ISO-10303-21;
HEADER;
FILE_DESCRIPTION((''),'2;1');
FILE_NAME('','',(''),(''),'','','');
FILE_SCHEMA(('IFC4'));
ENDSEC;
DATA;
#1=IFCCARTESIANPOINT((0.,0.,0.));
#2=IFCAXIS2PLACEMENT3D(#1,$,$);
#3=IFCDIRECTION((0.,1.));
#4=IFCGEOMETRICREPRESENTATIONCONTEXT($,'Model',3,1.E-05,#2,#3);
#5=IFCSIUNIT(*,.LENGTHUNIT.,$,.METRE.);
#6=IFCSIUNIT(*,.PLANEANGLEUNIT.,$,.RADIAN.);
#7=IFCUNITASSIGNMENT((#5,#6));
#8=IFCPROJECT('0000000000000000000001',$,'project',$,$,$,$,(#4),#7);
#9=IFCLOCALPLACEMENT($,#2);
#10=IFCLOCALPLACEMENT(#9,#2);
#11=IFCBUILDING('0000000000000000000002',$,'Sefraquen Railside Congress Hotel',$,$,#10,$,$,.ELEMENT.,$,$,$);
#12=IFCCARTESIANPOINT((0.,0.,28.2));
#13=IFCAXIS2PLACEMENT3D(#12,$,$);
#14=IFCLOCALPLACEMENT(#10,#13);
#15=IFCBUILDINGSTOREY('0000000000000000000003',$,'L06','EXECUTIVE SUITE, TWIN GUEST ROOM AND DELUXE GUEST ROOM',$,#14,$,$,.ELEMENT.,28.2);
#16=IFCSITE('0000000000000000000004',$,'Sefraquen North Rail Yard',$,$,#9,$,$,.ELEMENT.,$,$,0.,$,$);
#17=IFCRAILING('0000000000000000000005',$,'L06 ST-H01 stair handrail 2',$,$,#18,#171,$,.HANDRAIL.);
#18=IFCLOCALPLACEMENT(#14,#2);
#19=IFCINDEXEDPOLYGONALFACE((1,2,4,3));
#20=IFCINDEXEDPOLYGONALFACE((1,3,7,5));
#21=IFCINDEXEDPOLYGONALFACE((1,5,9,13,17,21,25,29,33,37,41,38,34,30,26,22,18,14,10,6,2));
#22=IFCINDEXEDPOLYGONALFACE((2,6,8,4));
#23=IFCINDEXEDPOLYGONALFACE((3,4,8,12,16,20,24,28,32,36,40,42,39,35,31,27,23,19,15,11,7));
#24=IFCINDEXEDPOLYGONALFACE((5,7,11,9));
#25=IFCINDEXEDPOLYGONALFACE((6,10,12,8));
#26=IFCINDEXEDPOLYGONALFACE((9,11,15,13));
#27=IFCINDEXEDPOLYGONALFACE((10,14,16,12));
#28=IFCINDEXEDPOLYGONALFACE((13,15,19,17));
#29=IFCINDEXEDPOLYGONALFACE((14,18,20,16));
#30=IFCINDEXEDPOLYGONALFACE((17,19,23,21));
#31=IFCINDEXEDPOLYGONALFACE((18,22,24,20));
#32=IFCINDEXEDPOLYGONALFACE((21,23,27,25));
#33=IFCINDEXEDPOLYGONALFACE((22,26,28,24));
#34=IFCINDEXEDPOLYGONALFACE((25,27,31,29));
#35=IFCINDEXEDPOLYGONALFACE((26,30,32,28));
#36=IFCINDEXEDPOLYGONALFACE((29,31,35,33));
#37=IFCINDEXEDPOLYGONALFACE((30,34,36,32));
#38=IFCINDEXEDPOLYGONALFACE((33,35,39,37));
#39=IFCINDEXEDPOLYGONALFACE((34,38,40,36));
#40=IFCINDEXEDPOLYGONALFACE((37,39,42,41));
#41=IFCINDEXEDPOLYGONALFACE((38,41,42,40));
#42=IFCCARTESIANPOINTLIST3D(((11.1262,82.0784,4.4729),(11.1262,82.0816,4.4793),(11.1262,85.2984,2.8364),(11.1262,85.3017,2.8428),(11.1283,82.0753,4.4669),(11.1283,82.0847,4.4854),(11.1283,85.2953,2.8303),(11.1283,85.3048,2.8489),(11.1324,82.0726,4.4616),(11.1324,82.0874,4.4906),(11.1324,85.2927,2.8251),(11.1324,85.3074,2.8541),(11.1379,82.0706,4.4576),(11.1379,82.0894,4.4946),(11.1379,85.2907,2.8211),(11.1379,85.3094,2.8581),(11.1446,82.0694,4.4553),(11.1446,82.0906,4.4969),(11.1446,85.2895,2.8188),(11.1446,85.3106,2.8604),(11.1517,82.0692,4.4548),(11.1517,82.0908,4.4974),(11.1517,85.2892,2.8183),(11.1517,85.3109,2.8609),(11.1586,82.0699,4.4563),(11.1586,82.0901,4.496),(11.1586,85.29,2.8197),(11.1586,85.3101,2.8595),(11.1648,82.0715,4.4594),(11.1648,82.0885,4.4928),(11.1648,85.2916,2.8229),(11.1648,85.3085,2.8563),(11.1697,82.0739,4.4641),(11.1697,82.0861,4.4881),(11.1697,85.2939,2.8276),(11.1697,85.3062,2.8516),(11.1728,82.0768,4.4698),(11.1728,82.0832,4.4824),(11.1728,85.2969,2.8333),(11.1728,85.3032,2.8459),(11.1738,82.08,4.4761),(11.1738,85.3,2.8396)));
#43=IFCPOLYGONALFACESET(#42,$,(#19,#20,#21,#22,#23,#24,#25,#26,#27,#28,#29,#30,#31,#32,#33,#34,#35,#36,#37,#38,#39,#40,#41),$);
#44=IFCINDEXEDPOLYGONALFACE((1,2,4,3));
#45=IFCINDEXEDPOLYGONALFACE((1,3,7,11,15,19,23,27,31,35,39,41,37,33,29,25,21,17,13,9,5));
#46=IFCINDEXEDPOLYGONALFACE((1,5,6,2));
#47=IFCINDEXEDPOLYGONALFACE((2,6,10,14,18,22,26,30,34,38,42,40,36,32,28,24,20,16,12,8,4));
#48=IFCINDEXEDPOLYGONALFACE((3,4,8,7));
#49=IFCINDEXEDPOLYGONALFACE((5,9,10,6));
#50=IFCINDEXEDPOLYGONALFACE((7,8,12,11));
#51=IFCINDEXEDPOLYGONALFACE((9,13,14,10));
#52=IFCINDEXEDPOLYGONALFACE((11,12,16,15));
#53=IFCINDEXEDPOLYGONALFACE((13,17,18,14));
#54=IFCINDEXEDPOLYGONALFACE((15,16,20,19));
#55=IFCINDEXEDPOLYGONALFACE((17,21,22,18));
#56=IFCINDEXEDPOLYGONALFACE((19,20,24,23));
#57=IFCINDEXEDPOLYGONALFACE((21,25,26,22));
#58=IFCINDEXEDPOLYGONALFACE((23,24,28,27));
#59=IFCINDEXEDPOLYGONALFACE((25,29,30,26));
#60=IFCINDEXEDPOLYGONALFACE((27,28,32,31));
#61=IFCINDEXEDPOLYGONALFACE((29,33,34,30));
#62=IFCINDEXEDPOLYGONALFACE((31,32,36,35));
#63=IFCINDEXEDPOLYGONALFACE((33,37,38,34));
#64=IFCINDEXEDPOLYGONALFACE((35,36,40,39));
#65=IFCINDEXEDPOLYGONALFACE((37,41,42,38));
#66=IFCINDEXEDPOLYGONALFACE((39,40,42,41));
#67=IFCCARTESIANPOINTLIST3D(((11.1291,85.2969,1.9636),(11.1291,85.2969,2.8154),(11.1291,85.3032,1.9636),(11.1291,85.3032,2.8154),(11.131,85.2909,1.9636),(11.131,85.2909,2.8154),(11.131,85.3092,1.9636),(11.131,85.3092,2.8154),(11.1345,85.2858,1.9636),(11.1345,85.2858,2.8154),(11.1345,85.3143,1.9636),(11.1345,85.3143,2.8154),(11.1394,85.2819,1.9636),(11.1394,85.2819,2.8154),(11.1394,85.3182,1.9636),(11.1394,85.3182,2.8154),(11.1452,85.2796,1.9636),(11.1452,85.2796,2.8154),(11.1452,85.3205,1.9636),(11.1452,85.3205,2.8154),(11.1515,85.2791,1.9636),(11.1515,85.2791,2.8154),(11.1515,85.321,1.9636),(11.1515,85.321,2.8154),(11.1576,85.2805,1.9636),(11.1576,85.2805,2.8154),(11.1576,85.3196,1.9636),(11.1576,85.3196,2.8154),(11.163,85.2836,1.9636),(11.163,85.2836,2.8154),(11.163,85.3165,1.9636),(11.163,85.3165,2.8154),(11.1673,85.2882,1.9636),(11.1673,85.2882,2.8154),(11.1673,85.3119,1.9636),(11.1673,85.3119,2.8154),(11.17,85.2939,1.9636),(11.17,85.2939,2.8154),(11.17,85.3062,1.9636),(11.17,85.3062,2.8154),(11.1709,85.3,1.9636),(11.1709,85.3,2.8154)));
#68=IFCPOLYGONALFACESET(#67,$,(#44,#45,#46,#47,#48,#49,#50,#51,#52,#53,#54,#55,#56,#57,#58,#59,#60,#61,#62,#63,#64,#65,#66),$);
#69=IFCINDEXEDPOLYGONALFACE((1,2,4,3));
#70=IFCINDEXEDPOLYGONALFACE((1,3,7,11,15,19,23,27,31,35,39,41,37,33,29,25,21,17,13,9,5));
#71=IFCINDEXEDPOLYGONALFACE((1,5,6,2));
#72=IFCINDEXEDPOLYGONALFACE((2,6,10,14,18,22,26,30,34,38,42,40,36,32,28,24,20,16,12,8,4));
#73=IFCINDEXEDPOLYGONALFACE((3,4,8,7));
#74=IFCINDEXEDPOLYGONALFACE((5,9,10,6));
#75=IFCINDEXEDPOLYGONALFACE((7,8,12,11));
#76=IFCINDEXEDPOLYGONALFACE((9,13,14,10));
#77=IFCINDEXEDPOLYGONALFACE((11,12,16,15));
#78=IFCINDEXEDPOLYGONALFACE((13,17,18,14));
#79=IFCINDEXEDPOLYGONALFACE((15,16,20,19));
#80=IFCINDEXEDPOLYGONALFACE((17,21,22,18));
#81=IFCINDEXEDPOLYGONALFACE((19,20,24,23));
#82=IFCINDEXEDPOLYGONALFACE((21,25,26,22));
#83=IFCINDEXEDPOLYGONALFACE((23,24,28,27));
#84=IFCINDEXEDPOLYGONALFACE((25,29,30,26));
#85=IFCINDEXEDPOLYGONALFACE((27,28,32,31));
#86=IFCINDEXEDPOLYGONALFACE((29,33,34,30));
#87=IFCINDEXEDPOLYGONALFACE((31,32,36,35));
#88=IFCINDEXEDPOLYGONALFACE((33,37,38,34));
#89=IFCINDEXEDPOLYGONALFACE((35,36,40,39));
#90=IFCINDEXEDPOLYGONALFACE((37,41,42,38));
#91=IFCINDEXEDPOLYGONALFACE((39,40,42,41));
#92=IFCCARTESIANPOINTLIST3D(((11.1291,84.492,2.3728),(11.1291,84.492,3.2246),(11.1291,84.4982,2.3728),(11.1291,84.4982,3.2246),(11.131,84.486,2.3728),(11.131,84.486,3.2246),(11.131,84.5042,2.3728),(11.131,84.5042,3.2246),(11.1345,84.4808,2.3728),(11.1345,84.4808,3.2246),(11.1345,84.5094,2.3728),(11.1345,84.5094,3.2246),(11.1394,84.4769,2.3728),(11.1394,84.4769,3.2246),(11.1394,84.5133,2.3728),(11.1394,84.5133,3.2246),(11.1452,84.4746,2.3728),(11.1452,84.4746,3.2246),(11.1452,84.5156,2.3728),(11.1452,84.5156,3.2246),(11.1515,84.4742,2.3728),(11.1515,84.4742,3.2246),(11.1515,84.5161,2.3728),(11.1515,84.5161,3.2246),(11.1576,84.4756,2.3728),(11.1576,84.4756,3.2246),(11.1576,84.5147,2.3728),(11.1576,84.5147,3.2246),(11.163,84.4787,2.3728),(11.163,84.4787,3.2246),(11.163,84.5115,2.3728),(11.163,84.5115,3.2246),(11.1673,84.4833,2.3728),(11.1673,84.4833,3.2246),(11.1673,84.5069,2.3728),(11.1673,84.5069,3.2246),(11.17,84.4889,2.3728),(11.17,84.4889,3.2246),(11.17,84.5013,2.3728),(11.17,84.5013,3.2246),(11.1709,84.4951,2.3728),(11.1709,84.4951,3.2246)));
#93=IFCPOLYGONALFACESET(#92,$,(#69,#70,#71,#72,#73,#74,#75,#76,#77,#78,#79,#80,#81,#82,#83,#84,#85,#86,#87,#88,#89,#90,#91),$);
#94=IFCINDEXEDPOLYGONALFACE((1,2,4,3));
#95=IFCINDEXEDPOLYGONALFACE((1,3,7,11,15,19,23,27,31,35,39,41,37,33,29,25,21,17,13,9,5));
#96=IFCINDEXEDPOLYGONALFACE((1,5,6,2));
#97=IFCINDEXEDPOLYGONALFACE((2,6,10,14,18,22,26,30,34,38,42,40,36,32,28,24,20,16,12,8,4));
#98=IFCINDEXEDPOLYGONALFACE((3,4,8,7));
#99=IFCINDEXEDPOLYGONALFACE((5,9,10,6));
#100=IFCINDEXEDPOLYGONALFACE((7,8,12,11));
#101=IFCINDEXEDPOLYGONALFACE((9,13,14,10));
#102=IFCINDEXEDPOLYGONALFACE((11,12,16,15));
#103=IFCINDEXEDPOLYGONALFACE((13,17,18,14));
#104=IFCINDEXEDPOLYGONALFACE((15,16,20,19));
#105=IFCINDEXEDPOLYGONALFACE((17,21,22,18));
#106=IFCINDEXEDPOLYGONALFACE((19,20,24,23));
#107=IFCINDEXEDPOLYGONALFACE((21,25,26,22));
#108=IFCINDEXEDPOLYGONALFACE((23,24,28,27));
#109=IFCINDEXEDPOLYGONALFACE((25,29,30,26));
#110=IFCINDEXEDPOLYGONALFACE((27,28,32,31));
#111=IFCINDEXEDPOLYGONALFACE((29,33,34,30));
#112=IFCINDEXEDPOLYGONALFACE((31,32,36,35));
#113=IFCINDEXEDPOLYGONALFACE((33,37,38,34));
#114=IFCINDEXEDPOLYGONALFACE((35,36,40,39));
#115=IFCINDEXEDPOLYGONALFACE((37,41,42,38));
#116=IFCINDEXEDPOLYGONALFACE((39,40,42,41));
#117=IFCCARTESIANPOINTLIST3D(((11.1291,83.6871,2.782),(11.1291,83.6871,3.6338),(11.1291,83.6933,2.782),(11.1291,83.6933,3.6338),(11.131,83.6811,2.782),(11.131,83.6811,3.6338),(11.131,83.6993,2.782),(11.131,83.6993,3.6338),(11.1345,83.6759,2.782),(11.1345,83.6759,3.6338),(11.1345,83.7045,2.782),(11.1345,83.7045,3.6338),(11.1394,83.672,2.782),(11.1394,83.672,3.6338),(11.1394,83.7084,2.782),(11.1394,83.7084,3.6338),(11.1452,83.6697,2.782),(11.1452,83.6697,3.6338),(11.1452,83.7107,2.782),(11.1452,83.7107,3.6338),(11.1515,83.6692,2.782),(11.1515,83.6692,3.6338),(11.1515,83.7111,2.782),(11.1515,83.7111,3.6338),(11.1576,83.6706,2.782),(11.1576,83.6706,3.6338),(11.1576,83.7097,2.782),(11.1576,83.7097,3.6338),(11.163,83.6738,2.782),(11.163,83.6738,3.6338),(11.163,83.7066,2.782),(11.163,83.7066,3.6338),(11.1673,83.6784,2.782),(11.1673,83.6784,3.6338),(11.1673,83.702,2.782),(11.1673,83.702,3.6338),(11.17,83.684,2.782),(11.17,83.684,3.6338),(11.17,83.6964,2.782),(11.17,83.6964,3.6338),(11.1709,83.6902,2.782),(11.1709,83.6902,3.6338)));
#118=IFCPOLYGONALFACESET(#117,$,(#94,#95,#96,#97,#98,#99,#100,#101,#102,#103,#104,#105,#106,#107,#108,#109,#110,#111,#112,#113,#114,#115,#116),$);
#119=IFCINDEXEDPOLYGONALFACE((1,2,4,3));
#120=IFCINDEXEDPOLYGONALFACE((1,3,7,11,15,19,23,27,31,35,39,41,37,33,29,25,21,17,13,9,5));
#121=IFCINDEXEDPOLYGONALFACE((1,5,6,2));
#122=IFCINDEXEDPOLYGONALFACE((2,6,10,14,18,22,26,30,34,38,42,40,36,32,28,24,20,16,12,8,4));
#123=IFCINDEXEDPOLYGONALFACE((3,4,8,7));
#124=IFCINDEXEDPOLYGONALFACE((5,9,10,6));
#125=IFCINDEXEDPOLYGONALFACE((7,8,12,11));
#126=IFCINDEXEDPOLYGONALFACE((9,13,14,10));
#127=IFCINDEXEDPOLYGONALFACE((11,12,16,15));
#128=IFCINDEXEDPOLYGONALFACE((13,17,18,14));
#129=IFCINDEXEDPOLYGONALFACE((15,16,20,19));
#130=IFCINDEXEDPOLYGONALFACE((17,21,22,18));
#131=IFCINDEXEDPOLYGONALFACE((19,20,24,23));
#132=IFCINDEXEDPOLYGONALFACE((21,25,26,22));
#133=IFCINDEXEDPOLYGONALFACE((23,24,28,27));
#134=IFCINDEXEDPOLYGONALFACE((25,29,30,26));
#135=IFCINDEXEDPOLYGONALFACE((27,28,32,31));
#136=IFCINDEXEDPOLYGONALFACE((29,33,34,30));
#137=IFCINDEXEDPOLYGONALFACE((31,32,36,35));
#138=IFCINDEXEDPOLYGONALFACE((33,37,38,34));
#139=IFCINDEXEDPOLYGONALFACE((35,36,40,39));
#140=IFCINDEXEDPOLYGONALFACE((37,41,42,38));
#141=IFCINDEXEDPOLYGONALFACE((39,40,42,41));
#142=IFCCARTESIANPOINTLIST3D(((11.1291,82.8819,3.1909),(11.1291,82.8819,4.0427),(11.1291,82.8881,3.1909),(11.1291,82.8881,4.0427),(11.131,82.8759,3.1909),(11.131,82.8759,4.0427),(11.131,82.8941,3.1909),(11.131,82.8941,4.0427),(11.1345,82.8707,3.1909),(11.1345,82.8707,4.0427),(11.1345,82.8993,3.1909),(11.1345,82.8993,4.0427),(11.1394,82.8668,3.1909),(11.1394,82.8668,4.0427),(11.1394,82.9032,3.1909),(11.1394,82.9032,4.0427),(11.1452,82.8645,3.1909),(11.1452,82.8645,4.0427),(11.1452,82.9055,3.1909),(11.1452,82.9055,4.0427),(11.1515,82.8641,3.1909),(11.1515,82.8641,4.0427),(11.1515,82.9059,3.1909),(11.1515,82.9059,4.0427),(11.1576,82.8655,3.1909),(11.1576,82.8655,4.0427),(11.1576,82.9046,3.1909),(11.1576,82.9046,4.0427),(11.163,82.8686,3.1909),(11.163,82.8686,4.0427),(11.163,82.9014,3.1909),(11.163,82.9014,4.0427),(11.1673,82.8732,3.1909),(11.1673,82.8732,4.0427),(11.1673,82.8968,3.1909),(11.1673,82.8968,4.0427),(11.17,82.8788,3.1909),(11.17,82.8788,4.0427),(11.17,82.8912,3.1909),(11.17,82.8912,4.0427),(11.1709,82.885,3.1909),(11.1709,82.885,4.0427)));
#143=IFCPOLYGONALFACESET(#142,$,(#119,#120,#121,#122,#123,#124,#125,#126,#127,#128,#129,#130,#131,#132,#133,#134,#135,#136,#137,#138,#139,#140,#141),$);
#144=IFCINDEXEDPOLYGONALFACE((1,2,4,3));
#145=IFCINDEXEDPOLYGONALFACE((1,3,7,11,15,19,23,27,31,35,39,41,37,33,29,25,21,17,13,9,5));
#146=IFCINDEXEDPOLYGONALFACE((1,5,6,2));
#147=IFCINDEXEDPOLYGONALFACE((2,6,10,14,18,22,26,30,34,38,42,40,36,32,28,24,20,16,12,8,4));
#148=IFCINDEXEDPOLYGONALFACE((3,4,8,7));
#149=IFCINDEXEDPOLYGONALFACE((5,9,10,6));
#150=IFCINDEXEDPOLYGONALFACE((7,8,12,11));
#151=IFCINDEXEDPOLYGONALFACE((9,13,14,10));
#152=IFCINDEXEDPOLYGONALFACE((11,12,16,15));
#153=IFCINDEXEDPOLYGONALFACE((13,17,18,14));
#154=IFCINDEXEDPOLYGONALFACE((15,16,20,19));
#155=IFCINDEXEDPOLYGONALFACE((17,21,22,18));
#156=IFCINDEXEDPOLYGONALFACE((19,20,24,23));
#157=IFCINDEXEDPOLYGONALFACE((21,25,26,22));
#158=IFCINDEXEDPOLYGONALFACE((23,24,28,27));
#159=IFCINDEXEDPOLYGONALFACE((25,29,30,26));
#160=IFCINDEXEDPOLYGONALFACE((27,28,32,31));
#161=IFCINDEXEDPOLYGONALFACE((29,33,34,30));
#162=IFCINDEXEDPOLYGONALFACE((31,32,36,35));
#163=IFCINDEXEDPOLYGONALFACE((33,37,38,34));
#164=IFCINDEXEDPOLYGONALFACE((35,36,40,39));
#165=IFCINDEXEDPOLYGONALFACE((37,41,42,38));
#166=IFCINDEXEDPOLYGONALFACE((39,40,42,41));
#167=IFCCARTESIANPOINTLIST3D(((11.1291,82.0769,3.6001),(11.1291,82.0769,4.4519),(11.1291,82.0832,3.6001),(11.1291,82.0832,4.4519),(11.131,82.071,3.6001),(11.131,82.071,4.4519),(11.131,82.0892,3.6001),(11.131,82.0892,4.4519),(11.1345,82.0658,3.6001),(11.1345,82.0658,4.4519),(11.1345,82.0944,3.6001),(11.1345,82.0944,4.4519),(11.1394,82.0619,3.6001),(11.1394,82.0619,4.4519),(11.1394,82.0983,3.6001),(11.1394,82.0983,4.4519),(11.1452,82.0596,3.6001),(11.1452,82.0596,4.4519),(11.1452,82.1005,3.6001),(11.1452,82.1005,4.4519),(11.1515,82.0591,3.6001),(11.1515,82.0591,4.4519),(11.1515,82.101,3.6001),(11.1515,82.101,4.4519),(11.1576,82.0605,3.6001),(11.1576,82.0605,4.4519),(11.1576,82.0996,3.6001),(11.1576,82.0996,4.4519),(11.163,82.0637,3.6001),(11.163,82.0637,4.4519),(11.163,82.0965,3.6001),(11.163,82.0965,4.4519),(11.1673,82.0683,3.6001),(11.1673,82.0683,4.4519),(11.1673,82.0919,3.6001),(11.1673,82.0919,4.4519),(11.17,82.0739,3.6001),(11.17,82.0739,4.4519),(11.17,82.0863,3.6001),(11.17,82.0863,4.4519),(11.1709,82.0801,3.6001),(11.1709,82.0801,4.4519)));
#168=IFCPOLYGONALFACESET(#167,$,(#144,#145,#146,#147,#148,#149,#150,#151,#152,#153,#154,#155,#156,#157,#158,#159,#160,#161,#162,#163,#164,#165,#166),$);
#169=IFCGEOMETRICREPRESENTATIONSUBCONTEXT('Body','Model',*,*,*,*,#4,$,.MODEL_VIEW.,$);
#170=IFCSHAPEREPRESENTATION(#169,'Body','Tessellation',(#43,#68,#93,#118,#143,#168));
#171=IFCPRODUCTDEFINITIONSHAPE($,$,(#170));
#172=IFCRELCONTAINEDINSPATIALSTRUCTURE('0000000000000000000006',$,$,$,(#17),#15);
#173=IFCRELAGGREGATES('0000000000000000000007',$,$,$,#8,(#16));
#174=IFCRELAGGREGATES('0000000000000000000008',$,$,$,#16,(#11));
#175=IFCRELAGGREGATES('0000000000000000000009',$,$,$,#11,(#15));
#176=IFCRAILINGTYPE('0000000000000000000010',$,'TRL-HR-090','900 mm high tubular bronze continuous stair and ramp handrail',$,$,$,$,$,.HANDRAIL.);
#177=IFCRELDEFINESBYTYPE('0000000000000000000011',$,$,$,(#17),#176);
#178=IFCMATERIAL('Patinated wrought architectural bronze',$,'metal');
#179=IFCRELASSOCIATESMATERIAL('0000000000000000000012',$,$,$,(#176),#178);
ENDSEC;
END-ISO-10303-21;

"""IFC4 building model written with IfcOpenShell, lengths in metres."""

from ifc_helpers import new_model, si_unit, direction, frame, origin, origin_2d, place, context, subcontext, project, spatial, circle, extrude, material, type_object, element, save


model = new_model("IFC4")

# Units and contexts
model_context = context("Model", 3, precision=1e-05, world=origin(), true_north=direction((0.0, 1.0)))
body_context = subcontext(model_context, "Body", "Model", "MODEL_VIEW")
ifc_project = project(units=[si_unit("LENGTHUNIT", "METRE"), si_unit("PLANEANGLEUNIT", "RADIAN")], contexts=[model_context])

# Site, building, storey
site_placement = place(None, origin())
site = spatial("IfcSite", under=ifc_project, at=site_placement, Name="Sefraquen North Rail Yard", CompositionType="ELEMENT", RefElevation=0.0)
building_placement = place(site_placement, origin())
building = spatial("IfcBuilding", under=site, at=building_placement, Name="Sefraquen Railside Congress Hotel", CompositionType="ELEMENT")
storey_placement = place(building_placement, frame((0.0, 0.0, 28.2)))
storey = spatial("IfcBuildingStorey", under=building, at=storey_placement, Name="L06", Description="EXECUTIVE SUITE, TWIN GUEST ROOM AND DELUXE GUEST ROOM", CompositionType="ELEMENT", Elevation=28.2)

# Railing
ifc_material_1 = material(Name="Patinated wrought architectural bronze", Category="metal")
railing_type_1 = type_object("IfcRailingType", Name="TRL-HR-090", Description="900 mm high tubular bronze continuous stair and ramp handrail", PredefinedType="HANDRAIL", material=ifc_material_1)
railing_1_placement = place(storey_placement, frame((11.1499, 85.3, 1.9636)))
element("IfcRailing", 1, at=railing_1_placement, inside=storey, type_object=railing_type_1, Name="L06 ST-H01 stair handrail 2", PredefinedType="HANDRAIL", context=body_context, shape_type="SweptSolid", body=[
    extrude(circle(Radius=0.0239, at=origin_2d()), frame((0.0, 0.0, 0.876), z_axis=(0.0, -0.891474, 0.453071), x_axis=(1.0, 0.0, 0.0)), (0.0, 0.0, 1.0), 3.6121),
    extrude(circle(Radius=0.021, at=origin_2d()), origin(), (0.0, 0.0, 1.0), 0.8518),
    extrude(circle(Radius=0.021, at=origin_2d()), frame((0.0, -0.8049, 0.4092)), (0.0, 0.0, 1.0), 0.8518),
    extrude(circle(Radius=0.021, at=origin_2d()), frame((0.0, -1.6099, 0.8184)), (0.0, 0.0, 1.0), 0.8518),
    extrude(circle(Radius=0.021, at=origin_2d()), frame((0.0, -2.415, 1.2273)), (0.0, 0.0, 1.0), 0.8518),
    extrude(circle(Radius=0.021, at=origin_2d()), frame((0.0, -3.22, 1.6365)), (0.0, 0.0, 1.0), 0.8518),
])

save(model, "model.ifc")
